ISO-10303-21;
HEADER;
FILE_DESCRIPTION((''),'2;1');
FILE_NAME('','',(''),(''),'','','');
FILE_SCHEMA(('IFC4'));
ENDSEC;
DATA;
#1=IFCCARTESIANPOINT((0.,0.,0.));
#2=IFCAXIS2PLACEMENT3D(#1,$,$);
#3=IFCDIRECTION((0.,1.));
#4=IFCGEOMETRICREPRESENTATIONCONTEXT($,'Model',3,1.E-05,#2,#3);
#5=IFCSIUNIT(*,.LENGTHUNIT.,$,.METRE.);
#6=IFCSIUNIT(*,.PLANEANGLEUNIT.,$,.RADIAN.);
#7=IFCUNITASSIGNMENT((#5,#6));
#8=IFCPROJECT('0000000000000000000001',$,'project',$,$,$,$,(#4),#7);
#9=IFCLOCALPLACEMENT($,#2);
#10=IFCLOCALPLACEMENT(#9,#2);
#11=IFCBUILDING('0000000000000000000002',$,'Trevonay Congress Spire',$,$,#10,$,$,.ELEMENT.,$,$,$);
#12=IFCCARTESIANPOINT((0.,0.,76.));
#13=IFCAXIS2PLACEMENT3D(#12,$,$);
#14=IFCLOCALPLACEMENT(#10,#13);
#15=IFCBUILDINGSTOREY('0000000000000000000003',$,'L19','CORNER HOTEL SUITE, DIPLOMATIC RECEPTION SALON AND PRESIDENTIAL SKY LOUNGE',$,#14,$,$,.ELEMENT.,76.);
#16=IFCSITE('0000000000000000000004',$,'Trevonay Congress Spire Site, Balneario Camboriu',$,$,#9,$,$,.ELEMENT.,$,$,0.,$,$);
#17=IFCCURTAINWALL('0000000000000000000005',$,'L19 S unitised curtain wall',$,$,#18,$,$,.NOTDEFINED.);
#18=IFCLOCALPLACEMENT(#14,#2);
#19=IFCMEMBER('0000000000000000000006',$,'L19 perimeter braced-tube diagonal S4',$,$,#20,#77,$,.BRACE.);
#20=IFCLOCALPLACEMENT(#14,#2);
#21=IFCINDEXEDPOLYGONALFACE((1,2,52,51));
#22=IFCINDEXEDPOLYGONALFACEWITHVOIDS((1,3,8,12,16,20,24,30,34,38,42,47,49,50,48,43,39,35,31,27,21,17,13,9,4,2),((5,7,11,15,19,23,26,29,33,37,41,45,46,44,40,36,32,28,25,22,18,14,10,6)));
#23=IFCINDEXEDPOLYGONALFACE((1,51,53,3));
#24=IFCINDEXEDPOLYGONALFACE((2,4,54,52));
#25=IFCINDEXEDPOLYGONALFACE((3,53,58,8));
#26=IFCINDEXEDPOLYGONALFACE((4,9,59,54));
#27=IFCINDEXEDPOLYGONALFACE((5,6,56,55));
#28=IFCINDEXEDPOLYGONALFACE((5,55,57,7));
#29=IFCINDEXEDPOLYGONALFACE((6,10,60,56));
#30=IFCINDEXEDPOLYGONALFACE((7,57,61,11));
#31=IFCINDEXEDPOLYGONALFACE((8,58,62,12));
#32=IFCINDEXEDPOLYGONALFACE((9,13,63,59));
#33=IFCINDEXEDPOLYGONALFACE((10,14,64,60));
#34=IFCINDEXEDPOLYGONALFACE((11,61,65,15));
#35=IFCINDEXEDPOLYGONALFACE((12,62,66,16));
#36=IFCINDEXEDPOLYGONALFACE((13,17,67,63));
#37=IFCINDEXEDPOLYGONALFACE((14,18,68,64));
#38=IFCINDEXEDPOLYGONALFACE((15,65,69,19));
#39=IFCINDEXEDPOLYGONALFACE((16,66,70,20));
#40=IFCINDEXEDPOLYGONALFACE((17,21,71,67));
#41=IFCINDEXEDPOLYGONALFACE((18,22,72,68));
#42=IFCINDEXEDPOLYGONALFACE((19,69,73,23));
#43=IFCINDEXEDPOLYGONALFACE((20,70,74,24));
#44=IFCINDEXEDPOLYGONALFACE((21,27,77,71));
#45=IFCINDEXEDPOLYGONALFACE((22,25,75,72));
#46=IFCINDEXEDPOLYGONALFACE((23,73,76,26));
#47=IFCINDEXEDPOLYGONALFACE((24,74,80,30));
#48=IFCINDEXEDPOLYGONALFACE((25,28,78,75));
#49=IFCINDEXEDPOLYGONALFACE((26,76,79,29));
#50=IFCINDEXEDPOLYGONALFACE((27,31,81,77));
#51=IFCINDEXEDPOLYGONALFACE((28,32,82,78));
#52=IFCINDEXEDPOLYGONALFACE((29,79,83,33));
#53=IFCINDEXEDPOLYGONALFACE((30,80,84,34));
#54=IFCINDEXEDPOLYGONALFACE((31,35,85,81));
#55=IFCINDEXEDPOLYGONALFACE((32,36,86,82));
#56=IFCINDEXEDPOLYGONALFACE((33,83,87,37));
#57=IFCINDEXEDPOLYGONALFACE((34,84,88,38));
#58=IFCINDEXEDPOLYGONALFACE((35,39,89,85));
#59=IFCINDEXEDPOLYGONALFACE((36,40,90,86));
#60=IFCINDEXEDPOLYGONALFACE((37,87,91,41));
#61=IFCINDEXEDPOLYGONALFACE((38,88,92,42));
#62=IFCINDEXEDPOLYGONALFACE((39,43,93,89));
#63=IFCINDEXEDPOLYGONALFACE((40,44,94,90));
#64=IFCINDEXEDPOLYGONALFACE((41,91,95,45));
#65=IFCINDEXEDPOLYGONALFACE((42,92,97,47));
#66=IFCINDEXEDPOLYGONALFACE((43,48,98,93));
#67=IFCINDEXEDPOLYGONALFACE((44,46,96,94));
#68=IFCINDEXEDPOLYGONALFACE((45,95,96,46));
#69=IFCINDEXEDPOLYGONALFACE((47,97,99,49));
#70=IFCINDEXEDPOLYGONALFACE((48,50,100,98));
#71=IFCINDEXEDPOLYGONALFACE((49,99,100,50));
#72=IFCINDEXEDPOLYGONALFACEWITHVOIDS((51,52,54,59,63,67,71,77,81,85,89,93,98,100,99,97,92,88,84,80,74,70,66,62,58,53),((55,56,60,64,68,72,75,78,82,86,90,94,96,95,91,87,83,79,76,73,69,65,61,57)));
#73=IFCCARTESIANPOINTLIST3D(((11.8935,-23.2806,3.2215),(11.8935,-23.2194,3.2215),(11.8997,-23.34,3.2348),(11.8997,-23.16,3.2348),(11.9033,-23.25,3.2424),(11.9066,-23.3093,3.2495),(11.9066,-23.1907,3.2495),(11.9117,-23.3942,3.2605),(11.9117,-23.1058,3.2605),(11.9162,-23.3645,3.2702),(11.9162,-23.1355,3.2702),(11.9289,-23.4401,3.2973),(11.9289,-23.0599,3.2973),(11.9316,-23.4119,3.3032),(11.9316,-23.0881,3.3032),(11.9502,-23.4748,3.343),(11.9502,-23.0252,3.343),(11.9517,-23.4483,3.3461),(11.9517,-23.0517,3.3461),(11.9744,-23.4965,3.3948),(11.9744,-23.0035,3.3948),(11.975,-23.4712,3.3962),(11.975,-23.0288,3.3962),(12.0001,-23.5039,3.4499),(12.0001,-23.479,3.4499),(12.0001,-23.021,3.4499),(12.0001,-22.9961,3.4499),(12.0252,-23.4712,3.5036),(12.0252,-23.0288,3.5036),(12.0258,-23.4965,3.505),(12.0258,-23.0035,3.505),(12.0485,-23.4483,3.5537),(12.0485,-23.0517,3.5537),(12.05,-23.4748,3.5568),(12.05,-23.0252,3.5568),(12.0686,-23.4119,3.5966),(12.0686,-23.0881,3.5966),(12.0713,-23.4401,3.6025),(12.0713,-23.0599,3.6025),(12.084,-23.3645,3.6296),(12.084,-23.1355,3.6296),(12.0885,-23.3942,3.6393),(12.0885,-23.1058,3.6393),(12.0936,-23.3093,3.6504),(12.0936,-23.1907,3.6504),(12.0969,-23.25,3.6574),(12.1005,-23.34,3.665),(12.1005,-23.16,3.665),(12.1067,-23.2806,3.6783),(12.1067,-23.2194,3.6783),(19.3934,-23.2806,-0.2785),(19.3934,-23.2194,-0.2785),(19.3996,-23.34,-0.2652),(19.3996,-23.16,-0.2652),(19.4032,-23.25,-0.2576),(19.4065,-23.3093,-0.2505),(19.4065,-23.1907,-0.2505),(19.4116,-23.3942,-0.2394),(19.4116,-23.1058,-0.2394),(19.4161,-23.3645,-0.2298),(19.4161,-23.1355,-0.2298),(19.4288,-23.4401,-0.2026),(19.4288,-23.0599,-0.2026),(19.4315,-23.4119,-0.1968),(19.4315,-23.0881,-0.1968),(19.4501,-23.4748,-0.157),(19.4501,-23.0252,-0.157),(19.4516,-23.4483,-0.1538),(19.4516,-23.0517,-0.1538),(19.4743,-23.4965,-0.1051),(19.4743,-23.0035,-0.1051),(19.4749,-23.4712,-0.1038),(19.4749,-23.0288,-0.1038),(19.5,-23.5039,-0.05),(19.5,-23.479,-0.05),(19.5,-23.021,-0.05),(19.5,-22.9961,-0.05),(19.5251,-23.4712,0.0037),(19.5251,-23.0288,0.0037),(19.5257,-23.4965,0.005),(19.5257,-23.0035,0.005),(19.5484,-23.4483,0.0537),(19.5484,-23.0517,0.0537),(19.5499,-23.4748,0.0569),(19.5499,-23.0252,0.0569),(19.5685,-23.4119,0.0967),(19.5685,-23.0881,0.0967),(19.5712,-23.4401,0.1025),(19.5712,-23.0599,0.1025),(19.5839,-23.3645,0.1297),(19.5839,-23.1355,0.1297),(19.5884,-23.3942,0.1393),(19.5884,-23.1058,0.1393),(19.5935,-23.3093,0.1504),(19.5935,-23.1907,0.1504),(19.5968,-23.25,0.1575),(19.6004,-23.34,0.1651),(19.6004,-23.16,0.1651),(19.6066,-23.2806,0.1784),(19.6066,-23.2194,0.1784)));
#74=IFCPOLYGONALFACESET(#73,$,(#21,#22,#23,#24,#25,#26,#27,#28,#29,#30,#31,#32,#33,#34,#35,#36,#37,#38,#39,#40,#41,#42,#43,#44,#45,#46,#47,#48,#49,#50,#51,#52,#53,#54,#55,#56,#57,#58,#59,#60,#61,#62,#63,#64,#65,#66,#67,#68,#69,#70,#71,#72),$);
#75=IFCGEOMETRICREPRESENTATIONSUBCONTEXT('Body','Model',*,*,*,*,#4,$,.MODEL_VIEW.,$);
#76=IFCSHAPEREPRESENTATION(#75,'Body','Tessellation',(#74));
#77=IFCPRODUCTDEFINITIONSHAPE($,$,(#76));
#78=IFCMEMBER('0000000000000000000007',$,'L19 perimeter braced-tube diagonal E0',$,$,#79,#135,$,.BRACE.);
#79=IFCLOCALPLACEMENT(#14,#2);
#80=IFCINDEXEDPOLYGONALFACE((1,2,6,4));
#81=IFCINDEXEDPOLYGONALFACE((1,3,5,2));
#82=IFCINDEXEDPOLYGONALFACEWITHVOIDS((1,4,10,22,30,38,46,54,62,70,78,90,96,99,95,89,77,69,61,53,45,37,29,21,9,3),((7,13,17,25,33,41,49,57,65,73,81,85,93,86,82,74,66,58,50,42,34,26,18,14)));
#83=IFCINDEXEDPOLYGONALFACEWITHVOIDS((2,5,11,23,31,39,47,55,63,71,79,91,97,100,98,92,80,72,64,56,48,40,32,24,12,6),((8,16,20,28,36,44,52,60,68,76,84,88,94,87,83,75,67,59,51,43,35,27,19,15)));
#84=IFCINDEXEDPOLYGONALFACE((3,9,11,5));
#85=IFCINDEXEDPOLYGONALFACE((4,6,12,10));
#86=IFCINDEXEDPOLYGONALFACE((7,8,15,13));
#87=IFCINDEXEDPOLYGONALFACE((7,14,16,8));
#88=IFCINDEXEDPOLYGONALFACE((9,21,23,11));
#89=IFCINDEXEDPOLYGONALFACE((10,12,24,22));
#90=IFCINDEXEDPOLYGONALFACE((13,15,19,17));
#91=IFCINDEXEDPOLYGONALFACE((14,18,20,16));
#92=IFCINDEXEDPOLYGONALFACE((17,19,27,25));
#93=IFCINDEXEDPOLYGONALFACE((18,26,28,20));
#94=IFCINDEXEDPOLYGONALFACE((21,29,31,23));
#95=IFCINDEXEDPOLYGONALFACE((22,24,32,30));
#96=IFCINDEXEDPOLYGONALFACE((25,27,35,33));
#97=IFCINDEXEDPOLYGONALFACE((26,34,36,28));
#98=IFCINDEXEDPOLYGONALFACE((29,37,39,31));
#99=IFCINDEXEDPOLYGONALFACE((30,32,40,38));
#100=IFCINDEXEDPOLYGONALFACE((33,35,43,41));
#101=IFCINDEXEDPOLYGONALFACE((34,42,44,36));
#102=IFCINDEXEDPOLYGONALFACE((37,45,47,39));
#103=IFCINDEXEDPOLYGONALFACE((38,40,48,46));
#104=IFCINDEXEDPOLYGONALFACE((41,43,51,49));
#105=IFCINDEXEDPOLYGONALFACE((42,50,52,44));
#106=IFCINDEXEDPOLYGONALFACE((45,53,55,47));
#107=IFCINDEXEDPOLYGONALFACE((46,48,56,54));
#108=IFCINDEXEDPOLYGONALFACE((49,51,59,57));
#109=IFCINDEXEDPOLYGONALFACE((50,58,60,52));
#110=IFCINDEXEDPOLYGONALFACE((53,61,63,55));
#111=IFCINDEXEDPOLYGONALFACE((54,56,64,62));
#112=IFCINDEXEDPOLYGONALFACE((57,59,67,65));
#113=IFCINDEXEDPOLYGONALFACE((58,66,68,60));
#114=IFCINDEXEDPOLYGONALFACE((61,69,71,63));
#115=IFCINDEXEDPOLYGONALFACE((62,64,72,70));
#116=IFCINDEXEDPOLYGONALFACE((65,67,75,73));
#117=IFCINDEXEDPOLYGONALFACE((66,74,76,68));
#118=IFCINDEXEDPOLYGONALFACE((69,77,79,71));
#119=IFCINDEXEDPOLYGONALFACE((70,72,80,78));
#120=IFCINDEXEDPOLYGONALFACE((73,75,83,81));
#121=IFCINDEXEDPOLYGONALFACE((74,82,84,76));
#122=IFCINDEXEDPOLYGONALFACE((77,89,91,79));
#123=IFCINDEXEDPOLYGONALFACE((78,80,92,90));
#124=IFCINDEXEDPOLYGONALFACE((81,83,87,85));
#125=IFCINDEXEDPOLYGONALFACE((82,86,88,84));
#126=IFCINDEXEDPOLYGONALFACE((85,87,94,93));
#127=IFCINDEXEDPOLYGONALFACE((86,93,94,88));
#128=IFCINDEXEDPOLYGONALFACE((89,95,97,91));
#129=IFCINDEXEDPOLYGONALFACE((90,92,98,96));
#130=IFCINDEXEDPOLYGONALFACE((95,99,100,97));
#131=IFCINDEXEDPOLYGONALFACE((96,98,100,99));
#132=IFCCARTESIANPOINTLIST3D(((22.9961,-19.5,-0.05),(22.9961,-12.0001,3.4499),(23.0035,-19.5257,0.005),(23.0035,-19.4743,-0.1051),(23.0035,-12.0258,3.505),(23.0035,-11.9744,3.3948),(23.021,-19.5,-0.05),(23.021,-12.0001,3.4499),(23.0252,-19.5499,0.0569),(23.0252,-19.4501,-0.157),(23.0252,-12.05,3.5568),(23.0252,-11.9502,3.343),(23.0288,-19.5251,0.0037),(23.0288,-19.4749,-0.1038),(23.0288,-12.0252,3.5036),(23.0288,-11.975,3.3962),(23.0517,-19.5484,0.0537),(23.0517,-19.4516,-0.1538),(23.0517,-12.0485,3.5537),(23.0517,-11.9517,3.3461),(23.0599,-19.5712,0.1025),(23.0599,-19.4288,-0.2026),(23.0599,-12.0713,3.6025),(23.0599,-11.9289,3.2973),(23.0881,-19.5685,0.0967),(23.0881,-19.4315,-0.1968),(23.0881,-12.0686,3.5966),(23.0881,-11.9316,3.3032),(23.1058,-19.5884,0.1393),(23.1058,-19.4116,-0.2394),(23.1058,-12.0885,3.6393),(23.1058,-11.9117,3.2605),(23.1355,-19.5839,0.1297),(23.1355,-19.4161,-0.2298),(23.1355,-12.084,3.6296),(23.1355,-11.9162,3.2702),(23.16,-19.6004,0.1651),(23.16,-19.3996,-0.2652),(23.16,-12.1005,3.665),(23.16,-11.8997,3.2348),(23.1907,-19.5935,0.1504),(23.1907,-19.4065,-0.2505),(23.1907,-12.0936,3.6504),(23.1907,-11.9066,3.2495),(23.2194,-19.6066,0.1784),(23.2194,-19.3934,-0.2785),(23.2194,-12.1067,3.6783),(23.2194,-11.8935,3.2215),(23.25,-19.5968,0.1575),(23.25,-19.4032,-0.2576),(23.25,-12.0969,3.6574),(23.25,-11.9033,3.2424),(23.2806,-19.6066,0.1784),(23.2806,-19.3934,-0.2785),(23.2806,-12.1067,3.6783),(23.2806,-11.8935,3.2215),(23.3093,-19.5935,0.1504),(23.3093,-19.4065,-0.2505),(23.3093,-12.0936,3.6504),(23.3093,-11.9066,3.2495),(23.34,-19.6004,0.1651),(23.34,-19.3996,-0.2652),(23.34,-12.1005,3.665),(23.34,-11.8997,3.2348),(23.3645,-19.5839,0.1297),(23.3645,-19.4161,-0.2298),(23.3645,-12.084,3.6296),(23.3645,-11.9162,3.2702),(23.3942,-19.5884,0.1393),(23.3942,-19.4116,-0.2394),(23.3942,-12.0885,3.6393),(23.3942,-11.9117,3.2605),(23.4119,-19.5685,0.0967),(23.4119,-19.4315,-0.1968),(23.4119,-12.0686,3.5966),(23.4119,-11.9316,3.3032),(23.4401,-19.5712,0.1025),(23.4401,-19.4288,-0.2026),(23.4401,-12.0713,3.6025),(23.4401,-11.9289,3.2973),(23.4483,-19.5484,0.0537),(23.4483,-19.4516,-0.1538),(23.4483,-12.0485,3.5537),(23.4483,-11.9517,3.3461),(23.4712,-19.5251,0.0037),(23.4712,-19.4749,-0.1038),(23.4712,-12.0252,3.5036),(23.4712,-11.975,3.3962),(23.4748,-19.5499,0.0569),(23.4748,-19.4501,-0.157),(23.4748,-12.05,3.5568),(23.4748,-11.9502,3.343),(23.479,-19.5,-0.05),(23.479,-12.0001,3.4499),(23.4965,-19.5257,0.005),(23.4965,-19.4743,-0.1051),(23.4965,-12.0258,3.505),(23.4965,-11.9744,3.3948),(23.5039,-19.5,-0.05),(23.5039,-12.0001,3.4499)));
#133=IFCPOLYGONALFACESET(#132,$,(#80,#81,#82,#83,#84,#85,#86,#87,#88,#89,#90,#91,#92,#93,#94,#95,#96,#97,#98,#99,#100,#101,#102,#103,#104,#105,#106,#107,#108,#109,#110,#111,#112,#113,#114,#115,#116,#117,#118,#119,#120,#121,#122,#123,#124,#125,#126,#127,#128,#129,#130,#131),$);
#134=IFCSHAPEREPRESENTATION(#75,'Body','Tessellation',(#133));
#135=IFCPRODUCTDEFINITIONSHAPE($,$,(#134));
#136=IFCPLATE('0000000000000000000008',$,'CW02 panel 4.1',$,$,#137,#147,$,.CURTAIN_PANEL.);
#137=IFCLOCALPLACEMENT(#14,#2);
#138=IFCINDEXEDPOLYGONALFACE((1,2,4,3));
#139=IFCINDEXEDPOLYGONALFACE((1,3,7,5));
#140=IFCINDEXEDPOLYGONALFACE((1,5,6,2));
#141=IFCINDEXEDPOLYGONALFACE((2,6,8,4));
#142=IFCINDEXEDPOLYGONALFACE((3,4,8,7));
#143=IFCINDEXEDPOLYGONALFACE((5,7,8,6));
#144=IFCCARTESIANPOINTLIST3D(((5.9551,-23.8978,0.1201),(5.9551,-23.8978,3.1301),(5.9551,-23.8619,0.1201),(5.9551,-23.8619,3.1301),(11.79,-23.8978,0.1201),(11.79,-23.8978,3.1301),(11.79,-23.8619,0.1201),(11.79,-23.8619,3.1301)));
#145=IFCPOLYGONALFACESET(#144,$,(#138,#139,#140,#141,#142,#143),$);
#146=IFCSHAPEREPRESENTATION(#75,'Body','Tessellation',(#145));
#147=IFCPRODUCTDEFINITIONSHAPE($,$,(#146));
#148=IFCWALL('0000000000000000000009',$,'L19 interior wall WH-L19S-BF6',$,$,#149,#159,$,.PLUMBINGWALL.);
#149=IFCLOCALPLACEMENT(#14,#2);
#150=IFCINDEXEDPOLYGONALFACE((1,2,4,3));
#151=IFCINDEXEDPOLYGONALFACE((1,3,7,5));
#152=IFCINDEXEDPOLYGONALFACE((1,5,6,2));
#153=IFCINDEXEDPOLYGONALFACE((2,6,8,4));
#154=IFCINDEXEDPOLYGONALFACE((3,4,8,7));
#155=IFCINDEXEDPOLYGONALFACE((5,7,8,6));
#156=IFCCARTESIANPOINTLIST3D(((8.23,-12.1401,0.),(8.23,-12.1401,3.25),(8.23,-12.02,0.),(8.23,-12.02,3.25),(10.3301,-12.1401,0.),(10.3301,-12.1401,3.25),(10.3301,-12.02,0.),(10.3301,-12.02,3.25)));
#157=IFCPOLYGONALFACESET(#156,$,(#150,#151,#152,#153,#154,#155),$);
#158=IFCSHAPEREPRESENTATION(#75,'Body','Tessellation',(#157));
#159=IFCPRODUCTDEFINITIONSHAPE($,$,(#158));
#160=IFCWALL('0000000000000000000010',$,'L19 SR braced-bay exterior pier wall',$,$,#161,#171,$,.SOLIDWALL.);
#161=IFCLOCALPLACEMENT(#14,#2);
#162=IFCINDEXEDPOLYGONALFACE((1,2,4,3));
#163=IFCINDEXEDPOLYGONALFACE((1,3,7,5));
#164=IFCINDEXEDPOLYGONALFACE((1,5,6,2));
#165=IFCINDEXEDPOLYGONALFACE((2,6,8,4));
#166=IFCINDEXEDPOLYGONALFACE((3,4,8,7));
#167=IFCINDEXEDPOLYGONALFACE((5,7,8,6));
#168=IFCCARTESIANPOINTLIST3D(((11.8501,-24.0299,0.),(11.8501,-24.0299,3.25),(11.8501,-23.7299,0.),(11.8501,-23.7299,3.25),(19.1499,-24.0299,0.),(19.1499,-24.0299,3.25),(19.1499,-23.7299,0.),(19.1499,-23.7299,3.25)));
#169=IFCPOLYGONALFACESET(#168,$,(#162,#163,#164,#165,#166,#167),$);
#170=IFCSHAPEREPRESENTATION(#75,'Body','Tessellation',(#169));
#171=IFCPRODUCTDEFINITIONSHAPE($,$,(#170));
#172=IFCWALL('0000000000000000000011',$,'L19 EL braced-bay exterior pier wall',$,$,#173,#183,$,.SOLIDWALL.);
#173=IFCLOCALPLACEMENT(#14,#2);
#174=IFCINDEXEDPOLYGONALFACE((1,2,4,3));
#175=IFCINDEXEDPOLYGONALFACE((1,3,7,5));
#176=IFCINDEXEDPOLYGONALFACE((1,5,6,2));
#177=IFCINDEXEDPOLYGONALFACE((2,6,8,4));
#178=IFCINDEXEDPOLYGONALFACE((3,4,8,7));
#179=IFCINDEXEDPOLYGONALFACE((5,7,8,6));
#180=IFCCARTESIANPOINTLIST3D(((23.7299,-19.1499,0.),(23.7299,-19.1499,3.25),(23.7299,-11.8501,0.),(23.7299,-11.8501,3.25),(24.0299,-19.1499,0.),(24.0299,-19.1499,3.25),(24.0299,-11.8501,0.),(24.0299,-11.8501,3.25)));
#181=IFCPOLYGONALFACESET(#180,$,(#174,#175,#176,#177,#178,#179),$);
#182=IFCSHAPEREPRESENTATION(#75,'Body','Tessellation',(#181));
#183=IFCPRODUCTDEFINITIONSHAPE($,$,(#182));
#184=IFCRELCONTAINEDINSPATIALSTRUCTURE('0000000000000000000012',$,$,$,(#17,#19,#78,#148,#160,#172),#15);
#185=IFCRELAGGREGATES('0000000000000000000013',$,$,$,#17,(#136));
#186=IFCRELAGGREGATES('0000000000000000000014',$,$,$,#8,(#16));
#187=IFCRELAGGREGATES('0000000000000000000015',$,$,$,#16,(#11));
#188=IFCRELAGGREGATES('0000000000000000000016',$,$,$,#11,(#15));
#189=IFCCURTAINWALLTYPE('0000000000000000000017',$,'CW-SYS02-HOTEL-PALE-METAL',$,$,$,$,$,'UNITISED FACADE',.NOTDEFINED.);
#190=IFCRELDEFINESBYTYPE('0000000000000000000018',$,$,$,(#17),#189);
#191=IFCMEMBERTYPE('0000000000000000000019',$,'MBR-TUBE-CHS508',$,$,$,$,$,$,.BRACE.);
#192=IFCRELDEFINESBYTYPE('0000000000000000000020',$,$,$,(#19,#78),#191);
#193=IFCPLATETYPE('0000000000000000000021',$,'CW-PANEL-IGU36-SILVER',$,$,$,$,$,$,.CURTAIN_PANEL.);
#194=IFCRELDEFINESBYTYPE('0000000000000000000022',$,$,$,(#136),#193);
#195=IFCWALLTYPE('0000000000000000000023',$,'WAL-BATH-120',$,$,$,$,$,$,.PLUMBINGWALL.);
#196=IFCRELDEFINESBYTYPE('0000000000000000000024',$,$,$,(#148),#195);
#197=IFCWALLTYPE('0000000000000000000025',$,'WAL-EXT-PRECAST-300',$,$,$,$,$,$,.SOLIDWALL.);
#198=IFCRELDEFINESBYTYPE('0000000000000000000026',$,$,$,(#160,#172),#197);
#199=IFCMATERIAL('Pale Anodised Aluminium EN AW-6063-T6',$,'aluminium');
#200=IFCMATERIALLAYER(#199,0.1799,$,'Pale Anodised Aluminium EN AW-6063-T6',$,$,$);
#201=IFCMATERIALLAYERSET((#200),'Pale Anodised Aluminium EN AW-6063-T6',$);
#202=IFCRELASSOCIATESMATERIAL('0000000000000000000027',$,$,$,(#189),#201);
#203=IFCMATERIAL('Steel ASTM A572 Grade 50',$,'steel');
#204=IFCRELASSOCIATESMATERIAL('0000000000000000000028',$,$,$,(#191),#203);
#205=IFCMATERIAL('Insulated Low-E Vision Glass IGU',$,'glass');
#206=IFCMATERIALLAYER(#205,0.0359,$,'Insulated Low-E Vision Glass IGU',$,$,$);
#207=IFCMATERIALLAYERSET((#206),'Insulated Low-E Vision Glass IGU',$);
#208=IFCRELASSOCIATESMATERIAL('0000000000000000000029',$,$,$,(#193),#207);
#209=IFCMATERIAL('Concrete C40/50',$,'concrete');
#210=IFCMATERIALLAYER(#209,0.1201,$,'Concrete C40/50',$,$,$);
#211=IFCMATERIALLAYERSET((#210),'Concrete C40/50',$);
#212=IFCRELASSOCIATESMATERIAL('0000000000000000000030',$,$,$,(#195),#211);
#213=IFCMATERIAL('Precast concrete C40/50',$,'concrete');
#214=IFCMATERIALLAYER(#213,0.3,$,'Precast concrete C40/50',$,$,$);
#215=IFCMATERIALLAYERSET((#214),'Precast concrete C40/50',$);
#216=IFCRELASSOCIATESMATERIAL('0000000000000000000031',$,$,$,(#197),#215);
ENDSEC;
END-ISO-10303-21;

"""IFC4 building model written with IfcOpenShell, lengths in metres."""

from ifc_helpers import new_model, si_unit, direction, frame, frame_2d, origin, origin_2d, place, context, subcontext, project, spatial, rectangle, hollow_circle, extrude, material, layer, layer_set, material_profile, profile_set, type_object, element, aggregate, save


model = new_model("IFC4")

# Units and contexts
model_context = context("Model", 3, precision=1e-05, world=origin(), true_north=direction((0.0, 1.0)))
body_context = subcontext(model_context, "Body", "Model", "MODEL_VIEW")
ifc_project = project(units=[si_unit("LENGTHUNIT", "METRE"), si_unit("PLANEANGLEUNIT", "RADIAN")], contexts=[model_context])

# Site, building, storey
site_placement = place(None, origin())
site = spatial("IfcSite", under=ifc_project, at=site_placement, Name="Trevonay Congress Spire Site, Balneario Camboriu", CompositionType="ELEMENT", RefElevation=0.0)
building_placement = place(site_placement, origin())
building = spatial("IfcBuilding", under=site, at=building_placement, Name="Trevonay Congress Spire", CompositionType="ELEMENT")
storey_placement = place(building_placement, frame((0.0, 0.0, 76.0)))
storey = spatial("IfcBuildingStorey", under=building, at=storey_placement, Name="L19", Description="CORNER HOTEL SUITE, DIPLOMATIC RECEPTION SALON AND PRESIDENTIAL SKY LOUNGE", CompositionType="ELEMENT", Elevation=76.0)

# Shared definitions
ifc_material_1 = material(Name="Steel ASTM A572 Grade 50", Category="steel")

# Curtain wall
ifc_material_2 = material(Name="Pale Anodised Aluminium EN AW-6063-T6", Category="aluminium")
ifc_layer_1 = layer(ifc_material_2, 0.1799, Name="Pale Anodised Aluminium EN AW-6063-T6")
ifc_layer_set_1 = layer_set([ifc_layer_1], Name="Pale Anodised Aluminium EN AW-6063-T6")
curtain_wall_type = type_object("IfcCurtainWallType", Name="CW-SYS02-HOTEL-PALE-METAL", ElementType="UNITISED FACADE", PredefinedType="NOTDEFINED", material=ifc_layer_set_1)
curtain_wall_placement = place(storey_placement, origin())
curtain_wall = element("IfcCurtainWall", 1, at=curtain_wall_placement, inside=storey, type_object=curtain_wall_type, Name="L19 S unitised curtain wall", PredefinedType="NOTDEFINED")

# Members
ifc_material_profile_1 = material_profile(ifc_material_1, hollow_circle(Radius=0.2539, WallThickness=0.0249, at=origin_2d()), Name="CHS 508x25")
ifc_profile_set_1 = profile_set([ifc_material_profile_1], Name="Steel ASTM A572 Grade 50")
member_type_1 = type_object("IfcMemberType", Name="MBR-TUBE-CHS508", PredefinedType="BRACE", material=ifc_profile_set_1)
for number, where, z_axis, x_axis, name in (
    (2, (19.5, -23.25, -0.05), (-0.906183, 0.0, 0.422885), (0.0, -1.0, 0.0), "L19 perimeter braced-tube diagonal S4"),
    (3, (23.25, -19.5, -0.05), (0.0, 0.906183, 0.422885), (-1.0, 0.0, 0.0), "L19 perimeter braced-tube diagonal E0"),
):
    element("IfcMember", number, at=place(storey_placement, frame(where, z_axis=z_axis, x_axis=x_axis)), inside=storey, type_object=member_type_1, Name=name, PredefinedType="BRACE", context=body_context, shape_type="SweptSolid", body=[
        extrude(hollow_circle(Radius=0.2539, WallThickness=0.0249, at=origin_2d()), origin(), (0.0, 0.0, 1.0), 8.2764),
    ])

# Plate
ifc_material_3 = material(Name="Insulated Low-E Vision Glass IGU", Category="glass")
ifc_layer_2 = layer(ifc_material_3, 0.0359, Name="Insulated Low-E Vision Glass IGU")
ifc_layer_set_2 = layer_set([ifc_layer_2], Name="Insulated Low-E Vision Glass IGU")
plate_type = type_object("IfcPlateType", Name="CW-PANEL-IGU36-SILVER", PredefinedType="CURTAIN_PANEL", material=ifc_layer_set_2)
plate_placement = place(storey_placement, frame((8.8726, -23.8799, 0.1201), z_axis=(0.0, 0.0, 1.0), x_axis=(1.0, 0.0, 0.0)))
plate = element("IfcPlate", 4, at=plate_placement, type_object=plate_type, Name="CW02 panel 4.1", PredefinedType="CURTAIN_PANEL", context=body_context, shape_type="SweptSolid", body=[
    extrude(rectangle(XDim=5.835, YDim=0.0359, at=origin_2d()), origin(), (0.0, 0.0, 1.0), 3.01),
])
aggregate(curtain_wall, [plate])

# Walls
ifc_material_4 = material(Name="Concrete C40/50", Category="concrete")
ifc_layer_3 = layer(ifc_material_4, 0.1201, Name="Concrete C40/50")
ifc_layer_set_3 = layer_set([ifc_layer_3], Name="Concrete C40/50")
wall_type_1 = type_object("IfcWallType", Name="WAL-BATH-120", PredefinedType="PLUMBINGWALL", material=ifc_layer_set_3)
wall_1_placement = place(storey_placement, frame((8.23, -12.0801, 0.0), z_axis=(0.0, 0.0, 1.0), x_axis=(1.0, 0.0, 0.0)))
element("IfcWall", 5, at=wall_1_placement, inside=storey, type_object=wall_type_1, Name="L19 interior wall WH-L19S-BF6", PredefinedType="PLUMBINGWALL", context=body_context, shape_type="SweptSolid", body=[
    extrude(rectangle(XDim=2.1001, YDim=0.1201, at=frame_2d((1.05, 0.0))), origin(), (0.0, 0.0, 1.0), 3.25),
])
ifc_material_5 = material(Name="Precast concrete C40/50", Category="concrete")
ifc_layer_4 = layer(ifc_material_5, 0.3, Name="Precast concrete C40/50")
ifc_layer_set_4 = layer_set([ifc_layer_4], Name="Precast concrete C40/50")
wall_type_2 = type_object("IfcWallType", Name="WAL-EXT-PRECAST-300", PredefinedType="SOLIDWALL", material=ifc_layer_set_4)
for number, where, z_axis, x_axis, name in (
    (6, (11.8501, -23.8799, 0.0), (0.0, 0.0, 1.0), (1.0, 0.0, 0.0), "L19 SR braced-bay exterior pier wall"),
    (7, (23.8799, -19.1499, 0.0), (0.0, 0.0, 1.0), (0.0, 1.0, 0.0), "L19 EL braced-bay exterior pier wall"),
):
    element("IfcWall", number, at=place(storey_placement, frame(where, z_axis=z_axis, x_axis=x_axis)), inside=storey, type_object=wall_type_2, Name=name, PredefinedType="SOLIDWALL", context=body_context, shape_type="SweptSolid", body=[
        extrude(rectangle(XDim=7.2998, YDim=0.3, at=frame_2d((3.6499, 0.0))), origin(), (0.0, 0.0, 1.0), 3.25),
    ])

save(model, "model.ifc")
